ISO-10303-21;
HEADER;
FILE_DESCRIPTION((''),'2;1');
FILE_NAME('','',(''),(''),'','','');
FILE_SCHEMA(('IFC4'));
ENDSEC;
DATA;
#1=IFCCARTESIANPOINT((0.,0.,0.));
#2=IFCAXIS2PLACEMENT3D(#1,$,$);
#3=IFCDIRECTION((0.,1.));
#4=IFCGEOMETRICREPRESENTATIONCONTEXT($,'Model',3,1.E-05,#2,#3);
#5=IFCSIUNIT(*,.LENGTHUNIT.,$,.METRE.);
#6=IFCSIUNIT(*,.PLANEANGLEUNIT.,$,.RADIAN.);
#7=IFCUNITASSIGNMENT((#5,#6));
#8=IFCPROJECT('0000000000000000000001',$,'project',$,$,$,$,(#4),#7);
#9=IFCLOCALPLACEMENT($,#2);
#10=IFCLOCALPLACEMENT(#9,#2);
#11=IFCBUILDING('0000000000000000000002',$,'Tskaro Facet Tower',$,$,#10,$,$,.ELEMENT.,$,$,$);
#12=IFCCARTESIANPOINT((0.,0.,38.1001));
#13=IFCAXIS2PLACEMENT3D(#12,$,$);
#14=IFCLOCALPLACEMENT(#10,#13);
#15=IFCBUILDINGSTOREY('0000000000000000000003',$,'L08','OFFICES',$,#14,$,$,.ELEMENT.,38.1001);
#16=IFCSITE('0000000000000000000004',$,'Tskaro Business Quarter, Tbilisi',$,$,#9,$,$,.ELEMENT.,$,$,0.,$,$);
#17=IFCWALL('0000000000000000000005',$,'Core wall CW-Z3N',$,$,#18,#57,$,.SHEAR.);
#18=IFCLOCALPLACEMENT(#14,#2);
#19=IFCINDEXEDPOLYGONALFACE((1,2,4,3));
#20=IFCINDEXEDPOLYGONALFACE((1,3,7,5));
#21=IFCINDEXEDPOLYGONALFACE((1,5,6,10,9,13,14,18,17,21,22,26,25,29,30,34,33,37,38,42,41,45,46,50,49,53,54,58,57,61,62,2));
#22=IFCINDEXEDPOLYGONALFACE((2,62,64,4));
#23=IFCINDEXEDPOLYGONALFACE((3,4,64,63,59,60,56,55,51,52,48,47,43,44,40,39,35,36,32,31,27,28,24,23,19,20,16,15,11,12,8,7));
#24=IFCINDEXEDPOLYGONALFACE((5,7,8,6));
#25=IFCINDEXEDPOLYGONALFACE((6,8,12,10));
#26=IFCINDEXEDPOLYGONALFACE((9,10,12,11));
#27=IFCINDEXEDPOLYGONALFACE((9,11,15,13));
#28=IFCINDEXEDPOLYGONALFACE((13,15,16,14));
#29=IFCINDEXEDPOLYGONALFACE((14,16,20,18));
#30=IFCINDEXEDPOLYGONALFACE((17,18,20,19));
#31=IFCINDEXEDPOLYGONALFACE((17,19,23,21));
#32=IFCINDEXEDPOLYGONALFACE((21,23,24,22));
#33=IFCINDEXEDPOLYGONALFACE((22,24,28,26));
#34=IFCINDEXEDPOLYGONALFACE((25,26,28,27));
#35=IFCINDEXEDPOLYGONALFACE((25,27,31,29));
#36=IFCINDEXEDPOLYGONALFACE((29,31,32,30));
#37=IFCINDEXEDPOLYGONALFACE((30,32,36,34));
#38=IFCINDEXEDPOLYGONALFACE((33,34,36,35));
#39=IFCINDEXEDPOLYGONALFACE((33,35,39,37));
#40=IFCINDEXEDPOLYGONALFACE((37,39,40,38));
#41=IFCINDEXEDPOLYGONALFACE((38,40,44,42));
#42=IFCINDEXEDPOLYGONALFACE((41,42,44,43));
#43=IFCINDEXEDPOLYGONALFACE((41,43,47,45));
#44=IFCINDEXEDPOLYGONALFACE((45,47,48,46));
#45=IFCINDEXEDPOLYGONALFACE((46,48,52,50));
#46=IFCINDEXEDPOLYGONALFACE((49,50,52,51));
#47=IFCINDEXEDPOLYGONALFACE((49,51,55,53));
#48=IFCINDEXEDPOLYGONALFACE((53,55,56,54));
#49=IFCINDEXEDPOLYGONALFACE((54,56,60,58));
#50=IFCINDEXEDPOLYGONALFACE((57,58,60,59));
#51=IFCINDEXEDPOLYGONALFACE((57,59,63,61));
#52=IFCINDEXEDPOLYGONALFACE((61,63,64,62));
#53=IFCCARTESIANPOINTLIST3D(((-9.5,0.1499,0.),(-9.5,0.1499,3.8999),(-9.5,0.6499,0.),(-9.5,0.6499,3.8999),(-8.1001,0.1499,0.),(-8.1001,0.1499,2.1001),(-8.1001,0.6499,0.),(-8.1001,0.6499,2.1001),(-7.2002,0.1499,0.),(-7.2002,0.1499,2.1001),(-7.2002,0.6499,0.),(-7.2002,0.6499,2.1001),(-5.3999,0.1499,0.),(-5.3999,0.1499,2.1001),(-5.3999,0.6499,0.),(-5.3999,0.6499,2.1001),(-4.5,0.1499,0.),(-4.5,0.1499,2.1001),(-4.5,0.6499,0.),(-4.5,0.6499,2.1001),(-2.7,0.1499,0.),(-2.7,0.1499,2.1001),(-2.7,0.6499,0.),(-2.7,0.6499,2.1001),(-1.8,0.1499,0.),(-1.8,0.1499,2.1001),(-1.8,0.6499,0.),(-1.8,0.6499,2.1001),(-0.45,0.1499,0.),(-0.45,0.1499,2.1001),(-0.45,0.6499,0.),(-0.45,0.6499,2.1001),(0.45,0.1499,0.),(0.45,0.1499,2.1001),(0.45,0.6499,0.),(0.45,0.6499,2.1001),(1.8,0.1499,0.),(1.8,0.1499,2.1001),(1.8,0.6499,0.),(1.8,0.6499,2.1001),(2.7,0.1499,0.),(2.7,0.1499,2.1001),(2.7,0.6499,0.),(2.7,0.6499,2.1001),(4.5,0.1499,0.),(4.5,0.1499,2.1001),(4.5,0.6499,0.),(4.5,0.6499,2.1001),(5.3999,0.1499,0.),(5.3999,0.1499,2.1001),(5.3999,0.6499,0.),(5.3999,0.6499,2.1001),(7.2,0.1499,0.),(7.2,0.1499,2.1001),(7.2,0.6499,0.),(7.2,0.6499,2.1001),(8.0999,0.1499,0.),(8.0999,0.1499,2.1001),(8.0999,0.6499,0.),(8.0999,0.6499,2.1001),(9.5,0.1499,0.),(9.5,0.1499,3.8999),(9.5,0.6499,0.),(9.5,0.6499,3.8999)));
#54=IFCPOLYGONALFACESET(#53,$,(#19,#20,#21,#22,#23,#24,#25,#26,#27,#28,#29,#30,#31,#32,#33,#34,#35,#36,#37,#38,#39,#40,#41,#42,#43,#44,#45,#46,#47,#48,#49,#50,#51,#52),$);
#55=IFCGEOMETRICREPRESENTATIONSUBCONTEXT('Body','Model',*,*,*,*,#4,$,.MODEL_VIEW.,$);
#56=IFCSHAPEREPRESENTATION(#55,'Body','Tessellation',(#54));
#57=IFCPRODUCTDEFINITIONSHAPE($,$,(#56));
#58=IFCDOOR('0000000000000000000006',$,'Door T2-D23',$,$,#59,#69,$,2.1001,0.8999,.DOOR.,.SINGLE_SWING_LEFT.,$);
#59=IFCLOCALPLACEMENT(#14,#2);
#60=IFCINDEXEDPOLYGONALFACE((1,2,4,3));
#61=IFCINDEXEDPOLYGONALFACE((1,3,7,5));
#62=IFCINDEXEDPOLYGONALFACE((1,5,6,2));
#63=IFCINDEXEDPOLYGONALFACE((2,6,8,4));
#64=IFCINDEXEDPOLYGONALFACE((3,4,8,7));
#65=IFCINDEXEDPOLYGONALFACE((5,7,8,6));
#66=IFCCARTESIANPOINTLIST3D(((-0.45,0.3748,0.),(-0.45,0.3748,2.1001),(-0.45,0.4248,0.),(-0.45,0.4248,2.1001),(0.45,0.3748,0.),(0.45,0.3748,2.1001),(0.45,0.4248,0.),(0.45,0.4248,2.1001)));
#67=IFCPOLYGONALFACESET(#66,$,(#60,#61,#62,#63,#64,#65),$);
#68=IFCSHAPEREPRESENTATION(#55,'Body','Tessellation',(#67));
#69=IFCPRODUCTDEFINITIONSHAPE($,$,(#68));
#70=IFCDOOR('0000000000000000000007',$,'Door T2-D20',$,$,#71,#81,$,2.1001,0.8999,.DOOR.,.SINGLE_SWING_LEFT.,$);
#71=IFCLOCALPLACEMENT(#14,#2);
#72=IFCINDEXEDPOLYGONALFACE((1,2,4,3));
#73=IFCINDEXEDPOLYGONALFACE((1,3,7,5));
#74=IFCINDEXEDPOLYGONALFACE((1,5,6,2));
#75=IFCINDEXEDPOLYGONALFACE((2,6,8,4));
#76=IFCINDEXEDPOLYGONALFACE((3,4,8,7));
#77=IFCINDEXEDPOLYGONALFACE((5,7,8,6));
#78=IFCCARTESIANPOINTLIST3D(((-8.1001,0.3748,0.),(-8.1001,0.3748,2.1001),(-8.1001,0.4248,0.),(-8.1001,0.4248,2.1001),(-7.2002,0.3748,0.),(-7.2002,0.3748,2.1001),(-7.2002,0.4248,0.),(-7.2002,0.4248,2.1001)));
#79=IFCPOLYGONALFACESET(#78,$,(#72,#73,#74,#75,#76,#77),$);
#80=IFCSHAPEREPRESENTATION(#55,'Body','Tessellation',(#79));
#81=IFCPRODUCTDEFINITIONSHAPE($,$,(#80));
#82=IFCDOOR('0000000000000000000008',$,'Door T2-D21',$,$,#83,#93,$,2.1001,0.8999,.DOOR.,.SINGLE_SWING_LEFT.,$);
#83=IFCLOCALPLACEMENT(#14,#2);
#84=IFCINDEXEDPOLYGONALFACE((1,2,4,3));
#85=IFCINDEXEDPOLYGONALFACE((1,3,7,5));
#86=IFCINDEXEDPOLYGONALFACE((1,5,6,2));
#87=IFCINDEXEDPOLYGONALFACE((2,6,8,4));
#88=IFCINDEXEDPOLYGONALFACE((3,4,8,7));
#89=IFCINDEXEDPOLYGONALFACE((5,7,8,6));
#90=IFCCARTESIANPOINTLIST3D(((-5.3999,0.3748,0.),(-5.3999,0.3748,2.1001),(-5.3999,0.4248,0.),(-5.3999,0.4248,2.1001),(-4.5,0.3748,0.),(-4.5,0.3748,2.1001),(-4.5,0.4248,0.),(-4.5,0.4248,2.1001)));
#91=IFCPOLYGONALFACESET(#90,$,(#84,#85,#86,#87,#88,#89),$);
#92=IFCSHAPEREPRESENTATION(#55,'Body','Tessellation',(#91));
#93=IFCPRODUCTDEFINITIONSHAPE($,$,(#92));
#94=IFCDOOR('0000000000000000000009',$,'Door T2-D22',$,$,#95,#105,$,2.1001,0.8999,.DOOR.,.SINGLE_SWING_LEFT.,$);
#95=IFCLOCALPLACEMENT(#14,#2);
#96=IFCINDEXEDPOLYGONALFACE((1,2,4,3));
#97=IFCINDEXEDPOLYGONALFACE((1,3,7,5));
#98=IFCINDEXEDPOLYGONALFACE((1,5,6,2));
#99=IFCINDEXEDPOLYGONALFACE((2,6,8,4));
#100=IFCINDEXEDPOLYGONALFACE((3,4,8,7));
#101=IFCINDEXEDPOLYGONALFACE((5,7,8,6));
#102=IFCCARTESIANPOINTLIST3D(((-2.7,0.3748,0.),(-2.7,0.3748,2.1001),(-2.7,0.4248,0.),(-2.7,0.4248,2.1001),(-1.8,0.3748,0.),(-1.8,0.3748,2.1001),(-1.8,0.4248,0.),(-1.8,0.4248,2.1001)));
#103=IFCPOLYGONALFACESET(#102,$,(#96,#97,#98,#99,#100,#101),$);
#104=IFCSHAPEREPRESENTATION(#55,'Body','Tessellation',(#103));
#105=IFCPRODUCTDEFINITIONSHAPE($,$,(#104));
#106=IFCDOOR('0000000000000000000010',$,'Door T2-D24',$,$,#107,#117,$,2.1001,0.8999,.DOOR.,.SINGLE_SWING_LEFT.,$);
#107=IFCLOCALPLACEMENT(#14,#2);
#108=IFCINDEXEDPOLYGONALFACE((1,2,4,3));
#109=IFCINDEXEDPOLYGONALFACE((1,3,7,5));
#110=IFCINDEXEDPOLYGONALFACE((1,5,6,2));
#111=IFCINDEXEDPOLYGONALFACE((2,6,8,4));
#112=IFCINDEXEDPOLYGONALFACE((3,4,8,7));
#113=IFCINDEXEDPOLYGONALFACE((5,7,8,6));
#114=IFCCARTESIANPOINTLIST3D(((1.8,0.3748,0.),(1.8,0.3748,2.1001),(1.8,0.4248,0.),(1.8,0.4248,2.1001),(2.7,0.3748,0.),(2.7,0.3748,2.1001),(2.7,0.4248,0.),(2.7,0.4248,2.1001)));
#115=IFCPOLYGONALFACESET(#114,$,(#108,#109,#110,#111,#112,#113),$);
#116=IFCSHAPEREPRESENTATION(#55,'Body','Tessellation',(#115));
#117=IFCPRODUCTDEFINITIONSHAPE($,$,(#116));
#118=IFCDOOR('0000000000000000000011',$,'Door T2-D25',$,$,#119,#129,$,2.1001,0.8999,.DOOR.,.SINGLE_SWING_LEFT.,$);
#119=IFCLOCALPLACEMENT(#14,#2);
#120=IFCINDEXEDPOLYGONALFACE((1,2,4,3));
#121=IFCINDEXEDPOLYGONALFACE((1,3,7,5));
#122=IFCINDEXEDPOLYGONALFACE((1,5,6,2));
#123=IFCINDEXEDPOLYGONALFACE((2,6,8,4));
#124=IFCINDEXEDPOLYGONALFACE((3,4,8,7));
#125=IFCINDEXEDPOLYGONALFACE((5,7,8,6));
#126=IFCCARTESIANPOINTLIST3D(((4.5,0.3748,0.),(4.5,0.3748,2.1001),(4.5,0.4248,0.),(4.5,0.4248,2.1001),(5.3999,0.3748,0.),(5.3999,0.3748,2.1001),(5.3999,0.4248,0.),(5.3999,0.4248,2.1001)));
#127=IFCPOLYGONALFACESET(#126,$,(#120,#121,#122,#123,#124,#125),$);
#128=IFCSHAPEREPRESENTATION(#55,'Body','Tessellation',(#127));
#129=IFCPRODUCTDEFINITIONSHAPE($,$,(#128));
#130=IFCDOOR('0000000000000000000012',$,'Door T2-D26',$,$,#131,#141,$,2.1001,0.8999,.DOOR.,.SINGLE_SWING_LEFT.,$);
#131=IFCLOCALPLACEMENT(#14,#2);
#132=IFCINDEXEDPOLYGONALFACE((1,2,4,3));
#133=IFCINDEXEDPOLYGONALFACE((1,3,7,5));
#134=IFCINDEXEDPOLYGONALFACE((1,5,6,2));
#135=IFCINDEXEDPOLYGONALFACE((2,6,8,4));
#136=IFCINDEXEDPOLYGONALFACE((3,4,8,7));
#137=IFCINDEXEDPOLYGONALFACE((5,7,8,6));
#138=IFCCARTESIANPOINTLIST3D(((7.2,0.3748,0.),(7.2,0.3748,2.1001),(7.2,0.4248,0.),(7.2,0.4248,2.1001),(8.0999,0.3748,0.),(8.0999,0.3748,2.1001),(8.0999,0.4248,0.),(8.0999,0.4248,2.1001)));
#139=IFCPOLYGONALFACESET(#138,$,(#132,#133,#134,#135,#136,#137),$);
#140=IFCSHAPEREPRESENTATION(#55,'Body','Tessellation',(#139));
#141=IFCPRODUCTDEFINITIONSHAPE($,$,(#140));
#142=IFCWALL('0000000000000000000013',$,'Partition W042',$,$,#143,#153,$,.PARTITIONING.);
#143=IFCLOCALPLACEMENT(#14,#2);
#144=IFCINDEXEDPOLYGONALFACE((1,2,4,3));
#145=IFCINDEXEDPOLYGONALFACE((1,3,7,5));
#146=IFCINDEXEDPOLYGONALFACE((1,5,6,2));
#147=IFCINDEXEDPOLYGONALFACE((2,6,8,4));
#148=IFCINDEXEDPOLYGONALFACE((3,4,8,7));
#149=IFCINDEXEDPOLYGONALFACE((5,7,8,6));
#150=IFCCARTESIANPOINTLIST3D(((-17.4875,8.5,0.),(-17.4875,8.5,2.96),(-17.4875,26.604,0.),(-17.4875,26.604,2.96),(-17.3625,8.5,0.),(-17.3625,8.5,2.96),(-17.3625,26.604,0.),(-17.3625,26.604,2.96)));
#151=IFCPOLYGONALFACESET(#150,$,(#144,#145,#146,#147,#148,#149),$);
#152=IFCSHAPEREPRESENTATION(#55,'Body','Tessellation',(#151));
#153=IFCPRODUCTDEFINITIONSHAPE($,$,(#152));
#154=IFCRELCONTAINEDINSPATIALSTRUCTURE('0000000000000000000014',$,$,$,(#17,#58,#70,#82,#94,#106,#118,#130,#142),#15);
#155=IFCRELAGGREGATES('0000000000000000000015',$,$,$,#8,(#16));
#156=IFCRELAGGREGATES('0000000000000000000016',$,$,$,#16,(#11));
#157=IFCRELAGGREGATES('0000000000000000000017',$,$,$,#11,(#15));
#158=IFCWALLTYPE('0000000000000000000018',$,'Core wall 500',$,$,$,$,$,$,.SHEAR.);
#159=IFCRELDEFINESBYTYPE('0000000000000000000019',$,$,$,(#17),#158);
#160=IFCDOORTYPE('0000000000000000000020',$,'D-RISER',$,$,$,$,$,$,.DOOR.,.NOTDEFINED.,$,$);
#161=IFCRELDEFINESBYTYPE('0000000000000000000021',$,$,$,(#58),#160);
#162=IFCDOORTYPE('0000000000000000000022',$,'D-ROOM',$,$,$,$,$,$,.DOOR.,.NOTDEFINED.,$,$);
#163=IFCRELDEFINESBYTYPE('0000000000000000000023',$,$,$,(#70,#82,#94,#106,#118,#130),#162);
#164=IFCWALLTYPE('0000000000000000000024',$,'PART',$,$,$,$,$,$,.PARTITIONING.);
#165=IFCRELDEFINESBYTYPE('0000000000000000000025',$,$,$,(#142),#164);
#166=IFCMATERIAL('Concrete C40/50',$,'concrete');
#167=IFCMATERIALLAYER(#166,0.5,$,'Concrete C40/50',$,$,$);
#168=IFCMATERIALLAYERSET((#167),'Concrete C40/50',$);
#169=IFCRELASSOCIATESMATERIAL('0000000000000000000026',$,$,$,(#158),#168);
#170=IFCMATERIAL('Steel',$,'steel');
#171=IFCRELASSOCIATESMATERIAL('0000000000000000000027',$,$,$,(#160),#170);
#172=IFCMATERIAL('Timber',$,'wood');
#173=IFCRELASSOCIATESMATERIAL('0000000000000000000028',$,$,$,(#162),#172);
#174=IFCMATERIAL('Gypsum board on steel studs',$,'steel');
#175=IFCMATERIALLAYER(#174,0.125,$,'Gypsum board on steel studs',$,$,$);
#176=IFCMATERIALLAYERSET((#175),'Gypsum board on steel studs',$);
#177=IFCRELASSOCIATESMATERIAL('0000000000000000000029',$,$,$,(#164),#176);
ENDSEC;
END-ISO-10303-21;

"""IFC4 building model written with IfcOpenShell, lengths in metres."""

from ifc_helpers import new_model, si_unit, direction, frame, frame_2d, origin, place, context, subcontext, project, spatial, rectangle, extrude, material, layer, layer_set, type_object, element, fill, save


model = new_model("IFC4")

# Units and contexts
model_context = context("Model", 3, precision=1e-05, world=origin(), true_north=direction((0.0, 1.0)))
body_context = subcontext(model_context, "Body", "Model", "MODEL_VIEW")
ifc_project = project(units=[si_unit("LENGTHUNIT", "METRE"), si_unit("PLANEANGLEUNIT", "RADIAN")], contexts=[model_context])

# Site, building, storey
site_placement = place(None, origin())
site = spatial("IfcSite", under=ifc_project, at=site_placement, Name="Tskaro Business Quarter, Tbilisi", CompositionType="ELEMENT", RefElevation=0.0)
building_placement = place(site_placement, origin())
building = spatial("IfcBuilding", under=site, at=building_placement, Name="Tskaro Facet Tower", CompositionType="ELEMENT")
storey_placement = place(building_placement, frame((0.0, 0.0, 38.1001)))
storey = spatial("IfcBuildingStorey", under=building, at=storey_placement, Name="L08", Description="OFFICES", CompositionType="ELEMENT", Elevation=38.1001)

# Wall, openings, doors
ifc_material_1 = material(Name="Concrete C40/50", Category="concrete")
ifc_layer_1 = layer(ifc_material_1, 0.5, Name="Concrete C40/50")
ifc_layer_set_1 = layer_set([ifc_layer_1], Name="Concrete C40/50")
wall_type_1 = type_object("IfcWallType", Name="Core wall 500", PredefinedType="SHEAR", material=ifc_layer_set_1)
wall_1_placement = place(storey_placement, frame((-9.5, 0.3999, 0.0), z_axis=(0.0, 0.0, 1.0), x_axis=(1.0, 0.0, 0.0)))
wall_1 = element("IfcWall", 1, at=wall_1_placement, inside=storey, type_object=wall_type_1, Name="Core wall CW-Z3N", PredefinedType="SHEAR", context=body_context, shape_type="SweptSolid", body=[
    extrude(rectangle(XDim=19.0, YDim=0.5, at=frame_2d((9.5, 0.0))), origin(), (0.0, 0.0, 1.0), 3.8999),
])
opening_1_placement = place(wall_1_placement, frame((1.3999, 0.0, 0.0)))
opening_1 = element("IfcOpeningElement", 2, at=opening_1_placement, cuts=wall_1, PredefinedType="OPENING", context=body_context, shape_type="SweptSolid", body=[
    extrude(rectangle(XDim=0.8999, YDim=2.1001, at=frame_2d((0.45, 1.05))), frame((0.0, 0.26, 0.0), z_axis=(0.0, -1.0, 0.0), x_axis=(1.0, 0.0, 0.0)), (0.0, 0.0, 1.0), 0.52),
])
opening_2_placement = place(wall_1_placement, frame((4.1001, 0.0, 0.0)))
opening_2 = element("IfcOpeningElement", 3, at=opening_2_placement, cuts=wall_1, PredefinedType="OPENING", context=body_context, shape_type="SweptSolid", body=[
    extrude(rectangle(XDim=0.8999, YDim=2.1001, at=frame_2d((0.45, 1.05))), frame((0.0, 0.26, 0.0), z_axis=(0.0, -1.0, 0.0), x_axis=(1.0, 0.0, 0.0)), (0.0, 0.0, 1.0), 0.52),
])
opening_3_placement = place(wall_1_placement, frame((6.8, 0.0, 0.0)))
opening_3 = element("IfcOpeningElement", 4, at=opening_3_placement, cuts=wall_1, PredefinedType="OPENING", context=body_context, shape_type="SweptSolid", body=[
    extrude(rectangle(XDim=0.8999, YDim=2.1001, at=frame_2d((0.45, 1.05))), frame((0.0, 0.26, 0.0), z_axis=(0.0, -1.0, 0.0), x_axis=(1.0, 0.0, 0.0)), (0.0, 0.0, 1.0), 0.52),
])
opening_4_placement = place(wall_1_placement, frame((11.3, 0.0, 0.0)))
opening_4 = element("IfcOpeningElement", 5, at=opening_4_placement, cuts=wall_1, PredefinedType="OPENING", context=body_context, shape_type="SweptSolid", body=[
    extrude(rectangle(XDim=0.8999, YDim=2.1001, at=frame_2d((0.45, 1.05))), frame((0.0, 0.26, 0.0), z_axis=(0.0, -1.0, 0.0), x_axis=(1.0, 0.0, 0.0)), (0.0, 0.0, 1.0), 0.52),
])
opening_5_placement = place(wall_1_placement, frame((14.0, 0.0, 0.0)))
opening_5 = element("IfcOpeningElement", 6, at=opening_5_placement, cuts=wall_1, PredefinedType="OPENING", context=body_context, shape_type="SweptSolid", body=[
    extrude(rectangle(XDim=0.8999, YDim=2.1001, at=frame_2d((0.45, 1.05))), frame((0.0, 0.26, 0.0), z_axis=(0.0, -1.0, 0.0), x_axis=(1.0, 0.0, 0.0)), (0.0, 0.0, 1.0), 0.52),
])
opening_6_placement = place(wall_1_placement, frame((16.7, 0.0, 0.0)))
opening_6 = element("IfcOpeningElement", 7, at=opening_6_placement, cuts=wall_1, PredefinedType="OPENING", context=body_context, shape_type="SweptSolid", body=[
    extrude(rectangle(XDim=0.8999, YDim=2.1001, at=frame_2d((0.45, 1.05))), frame((0.0, 0.26, 0.0), z_axis=(0.0, -1.0, 0.0), x_axis=(1.0, 0.0, 0.0)), (0.0, 0.0, 1.0), 0.52),
])
opening_7_placement = place(wall_1_placement, frame((9.05, 0.0, 0.0)))
opening_7 = element("IfcOpeningElement", 8, at=opening_7_placement, cuts=wall_1, PredefinedType="OPENING", context=body_context, shape_type="SweptSolid", body=[
    extrude(rectangle(XDim=0.8999, YDim=2.1001, at=frame_2d((0.45, 1.05))), frame((0.0, 0.26, 0.0), z_axis=(0.0, -1.0, 0.0), x_axis=(1.0, 0.0, 0.0)), (0.0, 0.0, 1.0), 0.52),
])
ifc_material_2 = material(Name="Steel", Category="steel")
door_type_1 = type_object("IfcDoorType", Name="D-RISER", OperationType="NOTDEFINED", PredefinedType="DOOR", material=ifc_material_2)
door_1_placement = place(opening_7_placement, origin())
door_1 = element("IfcDoor", 9, at=door_1_placement, inside=storey, type_object=door_type_1, Name="Door T2-D23", OperationType="SINGLE_SWING_LEFT", OverallHeight=2.1001, OverallWidth=0.8999, PredefinedType="DOOR", context=body_context, shape_type="SweptSolid", body=[
    extrude(rectangle(XDim=0.8999, YDim=2.1001, at=frame_2d((0.45, 1.05))), frame((0.0, 0.0249, 0.0), z_axis=(0.0, -1.0, 0.0), x_axis=(1.0, 0.0, 0.0)), (0.0, 0.0, 1.0), 0.05),
])
fill(opening_7, door_1)
ifc_material_3 = material(Name="Timber", Category="wood")
door_type_2 = type_object("IfcDoorType", Name="D-ROOM", OperationType="NOTDEFINED", PredefinedType="DOOR", material=ifc_material_3)
door_2_placement = place(opening_1_placement, origin())
door_2 = element("IfcDoor", 10, at=door_2_placement, inside=storey, type_object=door_type_2, Name="Door T2-D20", OperationType="SINGLE_SWING_LEFT", OverallHeight=2.1001, OverallWidth=0.8999, PredefinedType="DOOR", context=body_context, shape_type="SweptSolid", body=[
    extrude(rectangle(XDim=0.8999, YDim=2.1001, at=frame_2d((0.45, 1.05))), frame((0.0, 0.0249, 0.0), z_axis=(0.0, -1.0, 0.0), x_axis=(1.0, 0.0, 0.0)), (0.0, 0.0, 1.0), 0.05),
])
fill(opening_1, door_2)
door_3_placement = place(opening_2_placement, origin())
door_3 = element("IfcDoor", 11, at=door_3_placement, inside=storey, type_object=door_type_2, Name="Door T2-D21", OperationType="SINGLE_SWING_LEFT", OverallHeight=2.1001, OverallWidth=0.8999, PredefinedType="DOOR", context=body_context, shape_type="SweptSolid", body=[
    extrude(rectangle(XDim=0.8999, YDim=2.1001, at=frame_2d((0.45, 1.05))), frame((0.0, 0.0249, 0.0), z_axis=(0.0, -1.0, 0.0), x_axis=(1.0, 0.0, 0.0)), (0.0, 0.0, 1.0), 0.05),
])
fill(opening_2, door_3)
door_4_placement = place(opening_3_placement, origin())
door_4 = element("IfcDoor", 12, at=door_4_placement, inside=storey, type_object=door_type_2, Name="Door T2-D22", OperationType="SINGLE_SWING_LEFT", OverallHeight=2.1001, OverallWidth=0.8999, PredefinedType="DOOR", context=body_context, shape_type="SweptSolid", body=[
    extrude(rectangle(XDim=0.8999, YDim=2.1001, at=frame_2d((0.45, 1.05))), frame((0.0, 0.0249, 0.0), z_axis=(0.0, -1.0, 0.0), x_axis=(1.0, 0.0, 0.0)), (0.0, 0.0, 1.0), 0.05),
])
fill(opening_3, door_4)
door_5_placement = place(opening_4_placement, origin())
door_5 = element("IfcDoor", 13, at=door_5_placement, inside=storey, type_object=door_type_2, Name="Door T2-D24", OperationType="SINGLE_SWING_LEFT", OverallHeight=2.1001, OverallWidth=0.8999, PredefinedType="DOOR", context=body_context, shape_type="SweptSolid", body=[
    extrude(rectangle(XDim=0.8999, YDim=2.1001, at=frame_2d((0.45, 1.05))), frame((0.0, 0.0249, 0.0), z_axis=(0.0, -1.0, 0.0), x_axis=(1.0, 0.0, 0.0)), (0.0, 0.0, 1.0), 0.05),
])
fill(opening_4, door_5)
door_6_placement = place(opening_5_placement, origin())
door_6 = element("IfcDoor", 14, at=door_6_placement, inside=storey, type_object=door_type_2, Name="Door T2-D25", OperationType="SINGLE_SWING_LEFT", OverallHeight=2.1001, OverallWidth=0.8999, PredefinedType="DOOR", context=body_context, shape_type="SweptSolid", body=[
    extrude(rectangle(XDim=0.8999, YDim=2.1001, at=frame_2d((0.45, 1.05))), frame((0.0, 0.0249, 0.0), z_axis=(0.0, -1.0, 0.0), x_axis=(1.0, 0.0, 0.0)), (0.0, 0.0, 1.0), 0.05),
])
fill(opening_5, door_6)
door_7_placement = place(opening_6_placement, origin())
door_7 = element("IfcDoor", 15, at=door_7_placement, inside=storey, type_object=door_type_2, Name="Door T2-D26", OperationType="SINGLE_SWING_LEFT", OverallHeight=2.1001, OverallWidth=0.8999, PredefinedType="DOOR", context=body_context, shape_type="SweptSolid", body=[
    extrude(rectangle(XDim=0.8999, YDim=2.1001, at=frame_2d((0.45, 1.05))), frame((0.0, 0.0249, 0.0), z_axis=(0.0, -1.0, 0.0), x_axis=(1.0, 0.0, 0.0)), (0.0, 0.0, 1.0), 0.05),
])
fill(opening_6, door_7)

# Wall
ifc_material_4 = material(Name="Gypsum board on steel studs", Category="steel")
ifc_layer_2 = layer(ifc_material_4, 0.125, Name="Gypsum board on steel studs")
ifc_layer_set_2 = layer_set([ifc_layer_2], Name="Gypsum board on steel studs")
wall_type_2 = type_object("IfcWallType", Name="PART", PredefinedType="PARTITIONING", material=ifc_layer_set_2)
wall_2_placement = place(storey_placement, frame((-17.425, 8.5, 0.0), z_axis=(0.0, 0.0, 1.0), x_axis=(0.0, 1.0, 0.0)))
element("IfcWall", 16, at=wall_2_placement, inside=storey, type_object=wall_type_2, Name="Partition W042", PredefinedType="PARTITIONING", context=body_context, shape_type="SweptSolid", body=[
    extrude(rectangle(XDim=18.104, YDim=0.125, at=frame_2d((9.052, 0.0))), origin(), (0.0, 0.0, 1.0), 2.96),
])

save(model, "model.ifc")
